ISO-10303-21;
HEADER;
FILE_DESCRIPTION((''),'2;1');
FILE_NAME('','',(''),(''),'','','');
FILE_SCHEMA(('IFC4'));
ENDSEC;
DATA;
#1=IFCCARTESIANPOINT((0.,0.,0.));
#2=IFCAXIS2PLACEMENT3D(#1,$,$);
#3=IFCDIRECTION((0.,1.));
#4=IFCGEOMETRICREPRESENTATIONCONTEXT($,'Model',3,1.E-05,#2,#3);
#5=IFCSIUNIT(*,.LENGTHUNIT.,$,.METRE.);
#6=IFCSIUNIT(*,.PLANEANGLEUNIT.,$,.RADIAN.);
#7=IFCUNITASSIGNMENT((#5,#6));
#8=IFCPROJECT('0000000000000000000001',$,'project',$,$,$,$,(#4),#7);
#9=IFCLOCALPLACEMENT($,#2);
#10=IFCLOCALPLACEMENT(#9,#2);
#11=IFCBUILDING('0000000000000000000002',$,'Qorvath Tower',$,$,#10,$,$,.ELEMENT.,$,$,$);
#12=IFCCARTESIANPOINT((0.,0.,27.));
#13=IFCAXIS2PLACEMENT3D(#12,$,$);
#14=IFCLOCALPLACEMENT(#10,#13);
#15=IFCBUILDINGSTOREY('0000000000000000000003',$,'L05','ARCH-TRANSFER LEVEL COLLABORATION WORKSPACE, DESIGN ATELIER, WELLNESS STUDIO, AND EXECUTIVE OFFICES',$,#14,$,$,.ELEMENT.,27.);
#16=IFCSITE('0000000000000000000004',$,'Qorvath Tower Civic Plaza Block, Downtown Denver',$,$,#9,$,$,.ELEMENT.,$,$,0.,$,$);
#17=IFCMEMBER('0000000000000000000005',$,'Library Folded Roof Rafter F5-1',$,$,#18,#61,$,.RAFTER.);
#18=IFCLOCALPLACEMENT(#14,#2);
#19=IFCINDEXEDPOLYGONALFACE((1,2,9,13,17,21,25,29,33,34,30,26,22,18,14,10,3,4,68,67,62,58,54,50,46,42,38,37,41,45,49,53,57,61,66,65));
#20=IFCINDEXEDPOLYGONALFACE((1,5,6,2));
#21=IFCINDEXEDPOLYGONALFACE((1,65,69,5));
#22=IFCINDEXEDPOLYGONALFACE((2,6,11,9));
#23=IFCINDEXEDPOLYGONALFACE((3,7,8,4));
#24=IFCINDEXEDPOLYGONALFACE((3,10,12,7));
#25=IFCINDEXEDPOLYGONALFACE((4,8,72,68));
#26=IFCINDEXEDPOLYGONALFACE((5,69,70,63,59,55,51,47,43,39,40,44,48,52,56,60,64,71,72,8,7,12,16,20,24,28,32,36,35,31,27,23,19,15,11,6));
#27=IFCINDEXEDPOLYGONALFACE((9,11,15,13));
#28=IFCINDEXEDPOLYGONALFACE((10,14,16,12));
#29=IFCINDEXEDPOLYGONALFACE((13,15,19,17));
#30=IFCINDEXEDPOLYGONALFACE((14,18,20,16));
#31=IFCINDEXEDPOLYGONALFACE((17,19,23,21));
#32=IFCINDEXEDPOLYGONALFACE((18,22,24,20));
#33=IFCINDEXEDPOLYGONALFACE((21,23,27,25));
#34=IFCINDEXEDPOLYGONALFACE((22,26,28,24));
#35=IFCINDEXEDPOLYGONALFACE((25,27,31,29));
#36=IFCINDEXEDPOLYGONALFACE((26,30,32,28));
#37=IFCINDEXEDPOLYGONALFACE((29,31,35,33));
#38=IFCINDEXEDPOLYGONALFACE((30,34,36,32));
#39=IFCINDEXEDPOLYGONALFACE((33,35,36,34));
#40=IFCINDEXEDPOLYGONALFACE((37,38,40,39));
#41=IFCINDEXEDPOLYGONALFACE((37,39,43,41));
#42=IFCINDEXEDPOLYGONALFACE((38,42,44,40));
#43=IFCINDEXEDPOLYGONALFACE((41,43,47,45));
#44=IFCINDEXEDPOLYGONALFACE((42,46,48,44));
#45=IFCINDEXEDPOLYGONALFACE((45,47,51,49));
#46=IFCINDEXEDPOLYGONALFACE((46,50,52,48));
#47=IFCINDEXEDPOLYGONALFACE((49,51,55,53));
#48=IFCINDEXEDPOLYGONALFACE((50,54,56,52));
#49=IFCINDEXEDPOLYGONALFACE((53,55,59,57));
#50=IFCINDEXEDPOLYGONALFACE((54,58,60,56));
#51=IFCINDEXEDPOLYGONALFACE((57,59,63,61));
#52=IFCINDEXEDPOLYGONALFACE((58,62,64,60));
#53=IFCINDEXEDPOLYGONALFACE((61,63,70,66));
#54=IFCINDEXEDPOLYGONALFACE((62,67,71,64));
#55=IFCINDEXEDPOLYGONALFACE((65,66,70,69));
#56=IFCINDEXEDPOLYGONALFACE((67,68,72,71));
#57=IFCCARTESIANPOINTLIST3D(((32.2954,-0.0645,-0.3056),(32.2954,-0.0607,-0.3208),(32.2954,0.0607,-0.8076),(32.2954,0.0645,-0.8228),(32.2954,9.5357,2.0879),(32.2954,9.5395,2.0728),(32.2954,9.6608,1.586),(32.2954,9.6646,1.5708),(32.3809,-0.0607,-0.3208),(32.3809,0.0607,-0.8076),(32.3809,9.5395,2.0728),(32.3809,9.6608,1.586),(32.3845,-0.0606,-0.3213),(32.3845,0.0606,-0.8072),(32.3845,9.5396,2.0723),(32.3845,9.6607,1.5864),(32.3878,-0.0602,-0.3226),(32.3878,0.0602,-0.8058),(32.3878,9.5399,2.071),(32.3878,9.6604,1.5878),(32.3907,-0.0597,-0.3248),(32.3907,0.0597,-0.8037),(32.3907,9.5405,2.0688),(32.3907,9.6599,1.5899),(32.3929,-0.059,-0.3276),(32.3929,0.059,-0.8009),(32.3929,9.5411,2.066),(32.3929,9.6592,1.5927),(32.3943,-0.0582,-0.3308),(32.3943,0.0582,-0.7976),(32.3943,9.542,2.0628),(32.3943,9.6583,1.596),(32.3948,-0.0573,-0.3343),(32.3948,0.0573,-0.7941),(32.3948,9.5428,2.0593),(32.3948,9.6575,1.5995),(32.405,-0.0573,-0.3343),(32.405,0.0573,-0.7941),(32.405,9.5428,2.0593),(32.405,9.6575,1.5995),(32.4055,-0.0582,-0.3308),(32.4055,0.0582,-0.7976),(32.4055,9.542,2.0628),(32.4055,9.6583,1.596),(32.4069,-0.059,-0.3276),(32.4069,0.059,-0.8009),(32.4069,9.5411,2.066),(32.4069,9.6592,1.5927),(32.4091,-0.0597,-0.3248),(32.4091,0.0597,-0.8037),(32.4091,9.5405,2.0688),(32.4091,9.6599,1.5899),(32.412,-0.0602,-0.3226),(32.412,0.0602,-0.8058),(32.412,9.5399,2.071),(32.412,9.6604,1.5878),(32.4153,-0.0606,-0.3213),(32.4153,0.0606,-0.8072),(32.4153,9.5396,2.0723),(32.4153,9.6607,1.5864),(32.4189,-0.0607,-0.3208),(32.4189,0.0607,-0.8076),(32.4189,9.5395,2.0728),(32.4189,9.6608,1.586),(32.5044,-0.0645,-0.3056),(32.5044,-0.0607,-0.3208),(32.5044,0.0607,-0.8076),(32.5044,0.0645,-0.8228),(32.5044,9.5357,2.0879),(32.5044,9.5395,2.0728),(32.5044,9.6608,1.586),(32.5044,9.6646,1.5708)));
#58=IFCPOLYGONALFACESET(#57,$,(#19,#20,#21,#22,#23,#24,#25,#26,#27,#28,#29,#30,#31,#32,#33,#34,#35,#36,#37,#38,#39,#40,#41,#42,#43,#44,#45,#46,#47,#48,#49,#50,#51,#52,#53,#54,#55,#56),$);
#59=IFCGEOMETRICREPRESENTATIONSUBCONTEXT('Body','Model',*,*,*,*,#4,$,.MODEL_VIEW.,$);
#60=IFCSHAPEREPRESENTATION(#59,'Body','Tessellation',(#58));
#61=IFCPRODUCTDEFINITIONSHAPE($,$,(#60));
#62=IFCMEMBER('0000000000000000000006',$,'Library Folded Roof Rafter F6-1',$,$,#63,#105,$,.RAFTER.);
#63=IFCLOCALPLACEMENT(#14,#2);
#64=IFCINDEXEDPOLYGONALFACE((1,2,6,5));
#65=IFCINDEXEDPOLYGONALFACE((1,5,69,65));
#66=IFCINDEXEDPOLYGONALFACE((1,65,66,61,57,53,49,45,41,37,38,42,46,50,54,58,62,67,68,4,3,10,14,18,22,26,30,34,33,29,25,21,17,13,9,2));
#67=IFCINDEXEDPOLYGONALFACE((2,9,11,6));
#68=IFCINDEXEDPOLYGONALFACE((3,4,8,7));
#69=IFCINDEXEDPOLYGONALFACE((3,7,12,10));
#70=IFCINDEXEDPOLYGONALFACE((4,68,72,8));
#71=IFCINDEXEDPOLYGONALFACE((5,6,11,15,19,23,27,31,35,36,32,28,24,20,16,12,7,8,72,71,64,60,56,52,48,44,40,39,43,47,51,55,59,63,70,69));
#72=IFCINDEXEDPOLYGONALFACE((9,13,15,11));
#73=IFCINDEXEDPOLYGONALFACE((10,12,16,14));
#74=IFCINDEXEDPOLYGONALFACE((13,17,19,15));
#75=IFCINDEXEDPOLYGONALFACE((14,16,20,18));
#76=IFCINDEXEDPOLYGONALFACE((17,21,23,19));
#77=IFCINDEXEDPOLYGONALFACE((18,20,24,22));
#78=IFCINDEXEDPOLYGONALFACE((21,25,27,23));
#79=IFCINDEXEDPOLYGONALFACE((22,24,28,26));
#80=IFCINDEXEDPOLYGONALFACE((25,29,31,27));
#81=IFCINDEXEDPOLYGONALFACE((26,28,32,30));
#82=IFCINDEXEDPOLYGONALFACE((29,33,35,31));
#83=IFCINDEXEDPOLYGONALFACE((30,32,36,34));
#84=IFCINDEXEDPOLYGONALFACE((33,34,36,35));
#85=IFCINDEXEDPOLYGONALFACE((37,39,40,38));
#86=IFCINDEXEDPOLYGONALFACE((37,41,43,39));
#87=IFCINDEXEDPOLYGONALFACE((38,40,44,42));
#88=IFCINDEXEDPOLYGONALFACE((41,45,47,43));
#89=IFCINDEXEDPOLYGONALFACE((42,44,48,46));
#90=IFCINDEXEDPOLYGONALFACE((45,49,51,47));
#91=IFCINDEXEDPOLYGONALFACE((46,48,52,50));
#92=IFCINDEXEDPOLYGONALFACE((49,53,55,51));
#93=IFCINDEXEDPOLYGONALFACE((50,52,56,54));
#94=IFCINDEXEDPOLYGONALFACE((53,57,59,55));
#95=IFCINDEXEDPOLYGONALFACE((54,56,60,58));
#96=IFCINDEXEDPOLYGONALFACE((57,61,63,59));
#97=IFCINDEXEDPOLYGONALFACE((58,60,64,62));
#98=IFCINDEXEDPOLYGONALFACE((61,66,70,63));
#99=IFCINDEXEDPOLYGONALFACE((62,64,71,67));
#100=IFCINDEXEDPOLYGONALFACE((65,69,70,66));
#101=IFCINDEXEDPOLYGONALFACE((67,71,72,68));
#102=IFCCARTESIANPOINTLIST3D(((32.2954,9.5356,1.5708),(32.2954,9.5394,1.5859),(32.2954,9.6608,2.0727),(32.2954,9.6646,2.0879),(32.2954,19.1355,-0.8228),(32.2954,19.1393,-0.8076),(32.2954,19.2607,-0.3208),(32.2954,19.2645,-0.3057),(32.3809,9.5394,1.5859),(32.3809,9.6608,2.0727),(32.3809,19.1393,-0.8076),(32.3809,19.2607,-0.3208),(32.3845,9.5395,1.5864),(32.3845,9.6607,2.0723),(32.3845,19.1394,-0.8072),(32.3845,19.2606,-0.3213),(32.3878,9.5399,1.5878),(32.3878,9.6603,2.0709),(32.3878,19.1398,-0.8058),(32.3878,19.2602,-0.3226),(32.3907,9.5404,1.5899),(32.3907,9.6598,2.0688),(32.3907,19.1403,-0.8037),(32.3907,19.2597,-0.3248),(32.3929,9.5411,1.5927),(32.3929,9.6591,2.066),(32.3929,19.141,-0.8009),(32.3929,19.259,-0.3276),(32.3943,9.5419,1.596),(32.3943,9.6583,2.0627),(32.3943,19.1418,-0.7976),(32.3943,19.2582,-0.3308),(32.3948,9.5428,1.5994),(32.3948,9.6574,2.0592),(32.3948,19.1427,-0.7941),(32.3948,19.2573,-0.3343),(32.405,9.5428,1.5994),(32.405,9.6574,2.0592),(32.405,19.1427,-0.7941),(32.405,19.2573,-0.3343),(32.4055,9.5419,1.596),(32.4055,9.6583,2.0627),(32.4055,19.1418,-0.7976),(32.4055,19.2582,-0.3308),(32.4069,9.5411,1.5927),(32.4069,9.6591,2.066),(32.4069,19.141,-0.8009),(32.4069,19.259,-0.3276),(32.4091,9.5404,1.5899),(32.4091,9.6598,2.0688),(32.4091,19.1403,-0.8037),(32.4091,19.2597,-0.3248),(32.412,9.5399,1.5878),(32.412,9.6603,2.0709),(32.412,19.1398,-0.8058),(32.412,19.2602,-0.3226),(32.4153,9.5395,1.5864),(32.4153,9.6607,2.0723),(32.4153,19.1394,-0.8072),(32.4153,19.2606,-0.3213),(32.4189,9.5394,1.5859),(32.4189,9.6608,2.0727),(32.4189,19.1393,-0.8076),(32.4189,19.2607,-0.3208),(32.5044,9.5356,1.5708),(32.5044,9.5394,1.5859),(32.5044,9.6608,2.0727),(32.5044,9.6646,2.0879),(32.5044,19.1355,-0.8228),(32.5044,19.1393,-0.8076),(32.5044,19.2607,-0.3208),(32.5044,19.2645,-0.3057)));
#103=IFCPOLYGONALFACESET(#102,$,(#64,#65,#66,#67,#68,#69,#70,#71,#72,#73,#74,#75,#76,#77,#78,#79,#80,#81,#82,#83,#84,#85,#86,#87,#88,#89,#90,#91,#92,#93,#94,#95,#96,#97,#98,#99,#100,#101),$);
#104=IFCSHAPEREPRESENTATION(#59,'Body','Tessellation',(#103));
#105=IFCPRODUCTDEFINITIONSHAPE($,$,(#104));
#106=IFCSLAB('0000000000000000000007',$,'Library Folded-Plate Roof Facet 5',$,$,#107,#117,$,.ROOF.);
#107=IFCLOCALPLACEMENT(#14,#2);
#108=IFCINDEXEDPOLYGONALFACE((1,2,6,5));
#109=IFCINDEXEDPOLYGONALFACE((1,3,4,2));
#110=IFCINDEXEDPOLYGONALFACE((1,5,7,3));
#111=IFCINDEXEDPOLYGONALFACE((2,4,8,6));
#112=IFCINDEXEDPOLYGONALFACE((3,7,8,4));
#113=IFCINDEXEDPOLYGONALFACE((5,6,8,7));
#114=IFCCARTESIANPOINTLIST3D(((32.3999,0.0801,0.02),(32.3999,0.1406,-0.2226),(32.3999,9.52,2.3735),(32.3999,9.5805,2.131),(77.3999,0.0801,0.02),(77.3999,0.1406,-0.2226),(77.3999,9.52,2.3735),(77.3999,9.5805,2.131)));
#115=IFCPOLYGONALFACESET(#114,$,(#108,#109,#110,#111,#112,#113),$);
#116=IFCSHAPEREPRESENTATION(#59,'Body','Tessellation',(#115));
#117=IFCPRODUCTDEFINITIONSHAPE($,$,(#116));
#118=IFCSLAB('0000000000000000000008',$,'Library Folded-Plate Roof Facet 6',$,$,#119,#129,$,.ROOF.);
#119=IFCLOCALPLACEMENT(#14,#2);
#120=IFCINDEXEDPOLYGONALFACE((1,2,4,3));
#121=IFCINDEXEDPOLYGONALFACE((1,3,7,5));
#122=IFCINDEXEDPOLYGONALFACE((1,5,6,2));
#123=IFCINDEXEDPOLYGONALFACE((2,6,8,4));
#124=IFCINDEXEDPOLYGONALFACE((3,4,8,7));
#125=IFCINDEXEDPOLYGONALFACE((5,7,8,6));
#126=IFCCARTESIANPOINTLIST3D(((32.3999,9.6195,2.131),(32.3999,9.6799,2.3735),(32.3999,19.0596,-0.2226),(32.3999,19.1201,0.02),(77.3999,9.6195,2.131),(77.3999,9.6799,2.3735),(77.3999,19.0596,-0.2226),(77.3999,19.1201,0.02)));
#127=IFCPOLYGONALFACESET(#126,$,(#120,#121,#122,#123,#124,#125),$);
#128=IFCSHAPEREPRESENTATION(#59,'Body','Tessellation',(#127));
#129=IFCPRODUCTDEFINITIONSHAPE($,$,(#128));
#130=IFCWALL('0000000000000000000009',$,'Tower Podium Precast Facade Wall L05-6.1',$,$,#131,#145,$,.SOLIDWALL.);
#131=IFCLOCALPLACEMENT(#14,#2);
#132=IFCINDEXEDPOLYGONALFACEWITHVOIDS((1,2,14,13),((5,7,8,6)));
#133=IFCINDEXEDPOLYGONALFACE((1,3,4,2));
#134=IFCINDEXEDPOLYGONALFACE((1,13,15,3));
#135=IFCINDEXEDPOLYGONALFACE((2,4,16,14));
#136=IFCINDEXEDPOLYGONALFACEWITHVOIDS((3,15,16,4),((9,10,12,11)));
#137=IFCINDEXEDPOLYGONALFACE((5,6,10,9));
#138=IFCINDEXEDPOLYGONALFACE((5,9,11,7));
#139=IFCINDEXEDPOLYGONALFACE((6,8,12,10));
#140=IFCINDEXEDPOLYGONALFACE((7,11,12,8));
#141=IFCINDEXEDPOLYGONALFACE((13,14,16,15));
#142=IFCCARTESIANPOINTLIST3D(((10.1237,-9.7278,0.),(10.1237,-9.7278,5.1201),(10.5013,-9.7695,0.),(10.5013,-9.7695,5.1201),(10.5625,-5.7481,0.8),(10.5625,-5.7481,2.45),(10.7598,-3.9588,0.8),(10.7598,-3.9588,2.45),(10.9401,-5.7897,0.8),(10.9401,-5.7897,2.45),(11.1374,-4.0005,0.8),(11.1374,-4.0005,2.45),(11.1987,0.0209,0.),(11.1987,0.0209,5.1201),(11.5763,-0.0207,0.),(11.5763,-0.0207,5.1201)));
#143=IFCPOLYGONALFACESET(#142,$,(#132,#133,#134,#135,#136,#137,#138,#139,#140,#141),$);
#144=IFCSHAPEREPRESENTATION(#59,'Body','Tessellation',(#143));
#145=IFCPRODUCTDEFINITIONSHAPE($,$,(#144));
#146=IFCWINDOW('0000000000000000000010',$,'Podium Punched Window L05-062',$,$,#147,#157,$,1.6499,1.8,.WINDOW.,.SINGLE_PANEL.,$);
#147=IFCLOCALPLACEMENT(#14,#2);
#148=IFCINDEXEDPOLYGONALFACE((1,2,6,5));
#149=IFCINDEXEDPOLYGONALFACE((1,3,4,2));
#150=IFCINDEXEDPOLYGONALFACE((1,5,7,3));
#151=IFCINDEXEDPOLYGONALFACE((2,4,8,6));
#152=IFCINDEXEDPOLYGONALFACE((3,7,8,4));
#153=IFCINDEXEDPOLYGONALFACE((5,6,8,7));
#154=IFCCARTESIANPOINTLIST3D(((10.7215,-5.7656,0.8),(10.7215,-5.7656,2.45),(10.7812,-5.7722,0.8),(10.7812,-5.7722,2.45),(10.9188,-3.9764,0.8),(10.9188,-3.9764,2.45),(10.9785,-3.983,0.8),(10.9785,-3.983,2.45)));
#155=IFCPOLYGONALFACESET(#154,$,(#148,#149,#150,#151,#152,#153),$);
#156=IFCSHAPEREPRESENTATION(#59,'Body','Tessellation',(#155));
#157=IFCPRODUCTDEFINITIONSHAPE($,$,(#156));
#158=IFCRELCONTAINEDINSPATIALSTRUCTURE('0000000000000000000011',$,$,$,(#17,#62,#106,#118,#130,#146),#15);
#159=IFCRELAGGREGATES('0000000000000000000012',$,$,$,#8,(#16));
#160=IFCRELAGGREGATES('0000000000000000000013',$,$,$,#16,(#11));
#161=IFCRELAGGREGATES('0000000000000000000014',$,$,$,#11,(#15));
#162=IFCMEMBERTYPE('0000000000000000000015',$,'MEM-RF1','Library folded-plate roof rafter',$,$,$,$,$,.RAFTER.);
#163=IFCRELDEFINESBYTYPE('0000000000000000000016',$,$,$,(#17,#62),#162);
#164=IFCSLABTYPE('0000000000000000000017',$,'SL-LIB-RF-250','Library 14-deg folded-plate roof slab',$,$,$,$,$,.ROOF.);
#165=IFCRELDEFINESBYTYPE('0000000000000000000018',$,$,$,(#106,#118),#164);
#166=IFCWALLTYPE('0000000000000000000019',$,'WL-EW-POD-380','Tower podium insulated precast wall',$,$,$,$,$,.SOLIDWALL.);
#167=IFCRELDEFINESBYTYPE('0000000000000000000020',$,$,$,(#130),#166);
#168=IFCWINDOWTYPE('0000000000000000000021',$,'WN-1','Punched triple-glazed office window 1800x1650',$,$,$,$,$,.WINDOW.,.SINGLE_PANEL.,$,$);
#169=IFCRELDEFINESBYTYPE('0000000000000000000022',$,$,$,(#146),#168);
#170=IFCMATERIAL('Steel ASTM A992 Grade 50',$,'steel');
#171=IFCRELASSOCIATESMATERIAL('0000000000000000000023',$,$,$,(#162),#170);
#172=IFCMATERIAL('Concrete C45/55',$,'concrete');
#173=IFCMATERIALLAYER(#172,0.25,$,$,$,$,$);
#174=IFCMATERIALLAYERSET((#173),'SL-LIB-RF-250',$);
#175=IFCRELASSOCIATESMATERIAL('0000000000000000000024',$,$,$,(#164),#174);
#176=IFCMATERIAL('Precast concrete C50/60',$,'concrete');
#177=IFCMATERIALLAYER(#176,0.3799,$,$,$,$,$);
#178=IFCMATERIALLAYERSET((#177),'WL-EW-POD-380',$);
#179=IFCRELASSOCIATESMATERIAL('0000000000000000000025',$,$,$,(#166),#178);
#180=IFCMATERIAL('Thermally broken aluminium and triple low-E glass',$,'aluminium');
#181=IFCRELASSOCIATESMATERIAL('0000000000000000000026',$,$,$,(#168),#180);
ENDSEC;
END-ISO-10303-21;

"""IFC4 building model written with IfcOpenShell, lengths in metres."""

from ifc_helpers import new_model, si_unit, direction, frame, frame_2d, origin, origin_2d, place, context, subcontext, project, spatial, polyline, rectangle, i_section, outline, extrude, material, layer, layer_set, material_profile, profile_set, type_object, element, fill, save


model = new_model("IFC4")

# Units and contexts
model_context = context("Model", 3, precision=1e-05, world=origin(), true_north=direction((0.0, 1.0)))
body_context = subcontext(model_context, "Body", "Model", "MODEL_VIEW")
ifc_project = project(units=[si_unit("LENGTHUNIT", "METRE"), si_unit("PLANEANGLEUNIT", "RADIAN")], contexts=[model_context])

# Site, building, storey
site_placement = place(None, origin())
site = spatial("IfcSite", under=ifc_project, at=site_placement, Name="Qorvath Tower Civic Plaza Block, Downtown Denver", CompositionType="ELEMENT", RefElevation=0.0)
building_placement = place(site_placement, origin())
building = spatial("IfcBuilding", under=site, at=building_placement, Name="Qorvath Tower", CompositionType="ELEMENT")
storey_placement = place(building_placement, frame((0.0, 0.0, 27.0)))
storey = spatial("IfcBuildingStorey", under=building, at=storey_placement, Name="L05", Description="ARCH-TRANSFER LEVEL COLLABORATION WORKSPACE, DESIGN ATELIER, WELLNESS STUDIO, AND EXECUTIVE OFFICES", CompositionType="ELEMENT", Elevation=27.0)

# Members
ifc_material_1 = material(Name="Steel ASTM A992 Grade 50", Category="steel")
ifc_material_profile_1 = material_profile(ifc_material_1, i_section(OverallWidth=0.209, OverallDepth=0.533, WebThickness=0.0103, FlangeThickness=0.0156, FilletRadius=0.0139, at=origin_2d()), Name="W21x62")
ifc_profile_set_1 = profile_set([ifc_material_profile_1], Name="Steel ASTM A992 Grade 50")
member_type_1 = type_object("IfcMemberType", Name="MEM-RF1", Description="Library folded-plate roof rafter", PredefinedType="RAFTER", material=ifc_profile_set_1)
member_1_placement = place(storey_placement, frame((32.3999, 0.0, -0.5642), z_axis=(0.0, 0.970296, 0.24192), x_axis=(-1.0, 0.0, 0.0)))
element("IfcMember", 1, at=member_1_placement, inside=storey, type_object=member_type_1, Name="Library Folded Roof Rafter F5-1", PredefinedType="RAFTER", context=body_context, shape_type="SweptSolid", body=[
    extrude(i_section(OverallWidth=0.209, OverallDepth=0.533, WebThickness=0.0103, FlangeThickness=0.0156, FilletRadius=0.0139, at=origin_2d()), origin(), (0.0, 0.0, 1.0), 9.894),
])
member_2_placement = place(storey_placement, frame((32.3999, 9.6001, 1.8293), z_axis=(0.0, 0.970295, -0.241926), x_axis=(-1.0, 0.0, 0.0)))
element("IfcMember", 2, at=member_2_placement, inside=storey, type_object=member_type_1, Name="Library Folded Roof Rafter F6-1", PredefinedType="RAFTER", context=body_context, shape_type="SweptSolid", body=[
    extrude(i_section(OverallWidth=0.209, OverallDepth=0.533, WebThickness=0.0103, FlangeThickness=0.0156, FilletRadius=0.0139, at=origin_2d()), origin(), (0.0, 0.0, 1.0), 9.8938),
])

# Slabs
ifc_material_2 = material(Name="Concrete C45/55", Category="concrete")
ifc_layer_1 = layer(ifc_material_2, 0.25)
ifc_layer_set_1 = layer_set([ifc_layer_1], Name="SL-LIB-RF-250")
slab_type = type_object("IfcSlabType", Name="SL-LIB-RF-250", Description="Library 14-deg folded-plate roof slab", PredefinedType="ROOF", material=ifc_layer_set_1)
slab_1_placement = place(storey_placement, frame((32.3999, 0.0801, 0.02), z_axis=(0.0, -0.24191, 0.970299), x_axis=(1.0, 0.0, 0.0)))
element("IfcSlab", 3, at=slab_1_placement, inside=storey, type_object=slab_type, Name="Library Folded-Plate Roof Facet 5", PredefinedType="ROOF", context=body_context, shape_type="SweptSolid", body=[
    extrude(outline(polyline([(0.0, 0.0), (45.0, 0.0), (45.0, 9.7289), (0.0, 9.7289), (0.0, 0.0)])), origin(), (0.0, 0.0, -1.0), 0.25),
])
slab_2_placement = place(storey_placement, frame((32.3999, 9.6799, 2.3735), z_axis=(0.0, 0.241904, 0.9703), x_axis=(1.0, 0.0, 0.0)))
element("IfcSlab", 4, at=slab_2_placement, inside=storey, type_object=slab_type, Name="Library Folded-Plate Roof Facet 6", PredefinedType="ROOF", context=body_context, shape_type="SweptSolid", body=[
    extrude(outline(polyline([(0.0, 0.0), (45.0, 0.0), (45.0, 9.7291), (0.0, 9.7291), (0.0, 0.0)])), origin(), (0.0, 0.0, -1.0), 0.25),
])

# Wall, opening, window
ifc_material_3 = material(Name="Precast concrete C50/60", Category="concrete")
ifc_layer_2 = layer(ifc_material_3, 0.3799)
ifc_layer_set_2 = layer_set([ifc_layer_2], Name="WL-EW-POD-380")
wall_type = type_object("IfcWallType", Name="WL-EW-POD-380", Description="Tower podium insulated precast wall", PredefinedType="SOLIDWALL", material=ifc_layer_set_2)
wall_placement = place(storey_placement, frame((11.3875, 0.0, 0.0), z_axis=(0.0, 0.0, 1.0), x_axis=(-0.109601, -0.993976, 0.0)))
wall = element("IfcWall", 5, at=wall_placement, inside=storey, type_object=wall_type, Name="Tower Podium Precast Facade Wall L05-6.1", PredefinedType="SOLIDWALL", context=body_context, shape_type="SweptSolid", body=[
    extrude(rectangle(XDim=9.8079, YDim=0.3799, at=frame_2d((4.9038, 0.0))), origin(), (0.0, 0.0, 1.0), 5.1201),
])
opening_placement = place(wall_placement, frame((4.0039, 0.0, 0.8)))
opening = element("IfcOpeningElement", 6, at=opening_placement, cuts=wall, PredefinedType="OPENING", context=body_context, shape_type="SweptSolid", body=[
    extrude(rectangle(XDim=1.8, YDim=1.6499, at=frame_2d((0.8999, 0.825))), frame((0.0, 0.2, 0.0), z_axis=(0.0, -1.0, 0.0), x_axis=(1.0, 0.0, 0.0)), (0.0, 0.0, 1.0), 0.3999),
])
ifc_material_4 = material(Name="Thermally broken aluminium and triple low-E glass", Category="aluminium")
window_type = type_object("IfcWindowType", Name="WN-1", Description="Punched triple-glazed office window 1800x1650", PartitioningType="SINGLE_PANEL", PredefinedType="WINDOW", material=ifc_material_4)
window_placement = place(opening_placement, origin())
window = element("IfcWindow", 7, at=window_placement, inside=storey, type_object=window_type, Name="Podium Punched Window L05-062", OverallHeight=1.6499, OverallWidth=1.8, PartitioningType="SINGLE_PANEL", PredefinedType="WINDOW", context=body_context, shape_type="SweptSolid", body=[
    extrude(rectangle(XDim=1.8, YDim=1.6499, at=frame_2d((0.8999, 0.825))), frame((0.0, 0.03, 0.0), z_axis=(0.0, -1.0, 0.0), x_axis=(1.0, 0.0, 0.0)), (0.0, 0.0, 1.0), 0.0601),
])
fill(opening, window)

save(model, "model.ifc")
